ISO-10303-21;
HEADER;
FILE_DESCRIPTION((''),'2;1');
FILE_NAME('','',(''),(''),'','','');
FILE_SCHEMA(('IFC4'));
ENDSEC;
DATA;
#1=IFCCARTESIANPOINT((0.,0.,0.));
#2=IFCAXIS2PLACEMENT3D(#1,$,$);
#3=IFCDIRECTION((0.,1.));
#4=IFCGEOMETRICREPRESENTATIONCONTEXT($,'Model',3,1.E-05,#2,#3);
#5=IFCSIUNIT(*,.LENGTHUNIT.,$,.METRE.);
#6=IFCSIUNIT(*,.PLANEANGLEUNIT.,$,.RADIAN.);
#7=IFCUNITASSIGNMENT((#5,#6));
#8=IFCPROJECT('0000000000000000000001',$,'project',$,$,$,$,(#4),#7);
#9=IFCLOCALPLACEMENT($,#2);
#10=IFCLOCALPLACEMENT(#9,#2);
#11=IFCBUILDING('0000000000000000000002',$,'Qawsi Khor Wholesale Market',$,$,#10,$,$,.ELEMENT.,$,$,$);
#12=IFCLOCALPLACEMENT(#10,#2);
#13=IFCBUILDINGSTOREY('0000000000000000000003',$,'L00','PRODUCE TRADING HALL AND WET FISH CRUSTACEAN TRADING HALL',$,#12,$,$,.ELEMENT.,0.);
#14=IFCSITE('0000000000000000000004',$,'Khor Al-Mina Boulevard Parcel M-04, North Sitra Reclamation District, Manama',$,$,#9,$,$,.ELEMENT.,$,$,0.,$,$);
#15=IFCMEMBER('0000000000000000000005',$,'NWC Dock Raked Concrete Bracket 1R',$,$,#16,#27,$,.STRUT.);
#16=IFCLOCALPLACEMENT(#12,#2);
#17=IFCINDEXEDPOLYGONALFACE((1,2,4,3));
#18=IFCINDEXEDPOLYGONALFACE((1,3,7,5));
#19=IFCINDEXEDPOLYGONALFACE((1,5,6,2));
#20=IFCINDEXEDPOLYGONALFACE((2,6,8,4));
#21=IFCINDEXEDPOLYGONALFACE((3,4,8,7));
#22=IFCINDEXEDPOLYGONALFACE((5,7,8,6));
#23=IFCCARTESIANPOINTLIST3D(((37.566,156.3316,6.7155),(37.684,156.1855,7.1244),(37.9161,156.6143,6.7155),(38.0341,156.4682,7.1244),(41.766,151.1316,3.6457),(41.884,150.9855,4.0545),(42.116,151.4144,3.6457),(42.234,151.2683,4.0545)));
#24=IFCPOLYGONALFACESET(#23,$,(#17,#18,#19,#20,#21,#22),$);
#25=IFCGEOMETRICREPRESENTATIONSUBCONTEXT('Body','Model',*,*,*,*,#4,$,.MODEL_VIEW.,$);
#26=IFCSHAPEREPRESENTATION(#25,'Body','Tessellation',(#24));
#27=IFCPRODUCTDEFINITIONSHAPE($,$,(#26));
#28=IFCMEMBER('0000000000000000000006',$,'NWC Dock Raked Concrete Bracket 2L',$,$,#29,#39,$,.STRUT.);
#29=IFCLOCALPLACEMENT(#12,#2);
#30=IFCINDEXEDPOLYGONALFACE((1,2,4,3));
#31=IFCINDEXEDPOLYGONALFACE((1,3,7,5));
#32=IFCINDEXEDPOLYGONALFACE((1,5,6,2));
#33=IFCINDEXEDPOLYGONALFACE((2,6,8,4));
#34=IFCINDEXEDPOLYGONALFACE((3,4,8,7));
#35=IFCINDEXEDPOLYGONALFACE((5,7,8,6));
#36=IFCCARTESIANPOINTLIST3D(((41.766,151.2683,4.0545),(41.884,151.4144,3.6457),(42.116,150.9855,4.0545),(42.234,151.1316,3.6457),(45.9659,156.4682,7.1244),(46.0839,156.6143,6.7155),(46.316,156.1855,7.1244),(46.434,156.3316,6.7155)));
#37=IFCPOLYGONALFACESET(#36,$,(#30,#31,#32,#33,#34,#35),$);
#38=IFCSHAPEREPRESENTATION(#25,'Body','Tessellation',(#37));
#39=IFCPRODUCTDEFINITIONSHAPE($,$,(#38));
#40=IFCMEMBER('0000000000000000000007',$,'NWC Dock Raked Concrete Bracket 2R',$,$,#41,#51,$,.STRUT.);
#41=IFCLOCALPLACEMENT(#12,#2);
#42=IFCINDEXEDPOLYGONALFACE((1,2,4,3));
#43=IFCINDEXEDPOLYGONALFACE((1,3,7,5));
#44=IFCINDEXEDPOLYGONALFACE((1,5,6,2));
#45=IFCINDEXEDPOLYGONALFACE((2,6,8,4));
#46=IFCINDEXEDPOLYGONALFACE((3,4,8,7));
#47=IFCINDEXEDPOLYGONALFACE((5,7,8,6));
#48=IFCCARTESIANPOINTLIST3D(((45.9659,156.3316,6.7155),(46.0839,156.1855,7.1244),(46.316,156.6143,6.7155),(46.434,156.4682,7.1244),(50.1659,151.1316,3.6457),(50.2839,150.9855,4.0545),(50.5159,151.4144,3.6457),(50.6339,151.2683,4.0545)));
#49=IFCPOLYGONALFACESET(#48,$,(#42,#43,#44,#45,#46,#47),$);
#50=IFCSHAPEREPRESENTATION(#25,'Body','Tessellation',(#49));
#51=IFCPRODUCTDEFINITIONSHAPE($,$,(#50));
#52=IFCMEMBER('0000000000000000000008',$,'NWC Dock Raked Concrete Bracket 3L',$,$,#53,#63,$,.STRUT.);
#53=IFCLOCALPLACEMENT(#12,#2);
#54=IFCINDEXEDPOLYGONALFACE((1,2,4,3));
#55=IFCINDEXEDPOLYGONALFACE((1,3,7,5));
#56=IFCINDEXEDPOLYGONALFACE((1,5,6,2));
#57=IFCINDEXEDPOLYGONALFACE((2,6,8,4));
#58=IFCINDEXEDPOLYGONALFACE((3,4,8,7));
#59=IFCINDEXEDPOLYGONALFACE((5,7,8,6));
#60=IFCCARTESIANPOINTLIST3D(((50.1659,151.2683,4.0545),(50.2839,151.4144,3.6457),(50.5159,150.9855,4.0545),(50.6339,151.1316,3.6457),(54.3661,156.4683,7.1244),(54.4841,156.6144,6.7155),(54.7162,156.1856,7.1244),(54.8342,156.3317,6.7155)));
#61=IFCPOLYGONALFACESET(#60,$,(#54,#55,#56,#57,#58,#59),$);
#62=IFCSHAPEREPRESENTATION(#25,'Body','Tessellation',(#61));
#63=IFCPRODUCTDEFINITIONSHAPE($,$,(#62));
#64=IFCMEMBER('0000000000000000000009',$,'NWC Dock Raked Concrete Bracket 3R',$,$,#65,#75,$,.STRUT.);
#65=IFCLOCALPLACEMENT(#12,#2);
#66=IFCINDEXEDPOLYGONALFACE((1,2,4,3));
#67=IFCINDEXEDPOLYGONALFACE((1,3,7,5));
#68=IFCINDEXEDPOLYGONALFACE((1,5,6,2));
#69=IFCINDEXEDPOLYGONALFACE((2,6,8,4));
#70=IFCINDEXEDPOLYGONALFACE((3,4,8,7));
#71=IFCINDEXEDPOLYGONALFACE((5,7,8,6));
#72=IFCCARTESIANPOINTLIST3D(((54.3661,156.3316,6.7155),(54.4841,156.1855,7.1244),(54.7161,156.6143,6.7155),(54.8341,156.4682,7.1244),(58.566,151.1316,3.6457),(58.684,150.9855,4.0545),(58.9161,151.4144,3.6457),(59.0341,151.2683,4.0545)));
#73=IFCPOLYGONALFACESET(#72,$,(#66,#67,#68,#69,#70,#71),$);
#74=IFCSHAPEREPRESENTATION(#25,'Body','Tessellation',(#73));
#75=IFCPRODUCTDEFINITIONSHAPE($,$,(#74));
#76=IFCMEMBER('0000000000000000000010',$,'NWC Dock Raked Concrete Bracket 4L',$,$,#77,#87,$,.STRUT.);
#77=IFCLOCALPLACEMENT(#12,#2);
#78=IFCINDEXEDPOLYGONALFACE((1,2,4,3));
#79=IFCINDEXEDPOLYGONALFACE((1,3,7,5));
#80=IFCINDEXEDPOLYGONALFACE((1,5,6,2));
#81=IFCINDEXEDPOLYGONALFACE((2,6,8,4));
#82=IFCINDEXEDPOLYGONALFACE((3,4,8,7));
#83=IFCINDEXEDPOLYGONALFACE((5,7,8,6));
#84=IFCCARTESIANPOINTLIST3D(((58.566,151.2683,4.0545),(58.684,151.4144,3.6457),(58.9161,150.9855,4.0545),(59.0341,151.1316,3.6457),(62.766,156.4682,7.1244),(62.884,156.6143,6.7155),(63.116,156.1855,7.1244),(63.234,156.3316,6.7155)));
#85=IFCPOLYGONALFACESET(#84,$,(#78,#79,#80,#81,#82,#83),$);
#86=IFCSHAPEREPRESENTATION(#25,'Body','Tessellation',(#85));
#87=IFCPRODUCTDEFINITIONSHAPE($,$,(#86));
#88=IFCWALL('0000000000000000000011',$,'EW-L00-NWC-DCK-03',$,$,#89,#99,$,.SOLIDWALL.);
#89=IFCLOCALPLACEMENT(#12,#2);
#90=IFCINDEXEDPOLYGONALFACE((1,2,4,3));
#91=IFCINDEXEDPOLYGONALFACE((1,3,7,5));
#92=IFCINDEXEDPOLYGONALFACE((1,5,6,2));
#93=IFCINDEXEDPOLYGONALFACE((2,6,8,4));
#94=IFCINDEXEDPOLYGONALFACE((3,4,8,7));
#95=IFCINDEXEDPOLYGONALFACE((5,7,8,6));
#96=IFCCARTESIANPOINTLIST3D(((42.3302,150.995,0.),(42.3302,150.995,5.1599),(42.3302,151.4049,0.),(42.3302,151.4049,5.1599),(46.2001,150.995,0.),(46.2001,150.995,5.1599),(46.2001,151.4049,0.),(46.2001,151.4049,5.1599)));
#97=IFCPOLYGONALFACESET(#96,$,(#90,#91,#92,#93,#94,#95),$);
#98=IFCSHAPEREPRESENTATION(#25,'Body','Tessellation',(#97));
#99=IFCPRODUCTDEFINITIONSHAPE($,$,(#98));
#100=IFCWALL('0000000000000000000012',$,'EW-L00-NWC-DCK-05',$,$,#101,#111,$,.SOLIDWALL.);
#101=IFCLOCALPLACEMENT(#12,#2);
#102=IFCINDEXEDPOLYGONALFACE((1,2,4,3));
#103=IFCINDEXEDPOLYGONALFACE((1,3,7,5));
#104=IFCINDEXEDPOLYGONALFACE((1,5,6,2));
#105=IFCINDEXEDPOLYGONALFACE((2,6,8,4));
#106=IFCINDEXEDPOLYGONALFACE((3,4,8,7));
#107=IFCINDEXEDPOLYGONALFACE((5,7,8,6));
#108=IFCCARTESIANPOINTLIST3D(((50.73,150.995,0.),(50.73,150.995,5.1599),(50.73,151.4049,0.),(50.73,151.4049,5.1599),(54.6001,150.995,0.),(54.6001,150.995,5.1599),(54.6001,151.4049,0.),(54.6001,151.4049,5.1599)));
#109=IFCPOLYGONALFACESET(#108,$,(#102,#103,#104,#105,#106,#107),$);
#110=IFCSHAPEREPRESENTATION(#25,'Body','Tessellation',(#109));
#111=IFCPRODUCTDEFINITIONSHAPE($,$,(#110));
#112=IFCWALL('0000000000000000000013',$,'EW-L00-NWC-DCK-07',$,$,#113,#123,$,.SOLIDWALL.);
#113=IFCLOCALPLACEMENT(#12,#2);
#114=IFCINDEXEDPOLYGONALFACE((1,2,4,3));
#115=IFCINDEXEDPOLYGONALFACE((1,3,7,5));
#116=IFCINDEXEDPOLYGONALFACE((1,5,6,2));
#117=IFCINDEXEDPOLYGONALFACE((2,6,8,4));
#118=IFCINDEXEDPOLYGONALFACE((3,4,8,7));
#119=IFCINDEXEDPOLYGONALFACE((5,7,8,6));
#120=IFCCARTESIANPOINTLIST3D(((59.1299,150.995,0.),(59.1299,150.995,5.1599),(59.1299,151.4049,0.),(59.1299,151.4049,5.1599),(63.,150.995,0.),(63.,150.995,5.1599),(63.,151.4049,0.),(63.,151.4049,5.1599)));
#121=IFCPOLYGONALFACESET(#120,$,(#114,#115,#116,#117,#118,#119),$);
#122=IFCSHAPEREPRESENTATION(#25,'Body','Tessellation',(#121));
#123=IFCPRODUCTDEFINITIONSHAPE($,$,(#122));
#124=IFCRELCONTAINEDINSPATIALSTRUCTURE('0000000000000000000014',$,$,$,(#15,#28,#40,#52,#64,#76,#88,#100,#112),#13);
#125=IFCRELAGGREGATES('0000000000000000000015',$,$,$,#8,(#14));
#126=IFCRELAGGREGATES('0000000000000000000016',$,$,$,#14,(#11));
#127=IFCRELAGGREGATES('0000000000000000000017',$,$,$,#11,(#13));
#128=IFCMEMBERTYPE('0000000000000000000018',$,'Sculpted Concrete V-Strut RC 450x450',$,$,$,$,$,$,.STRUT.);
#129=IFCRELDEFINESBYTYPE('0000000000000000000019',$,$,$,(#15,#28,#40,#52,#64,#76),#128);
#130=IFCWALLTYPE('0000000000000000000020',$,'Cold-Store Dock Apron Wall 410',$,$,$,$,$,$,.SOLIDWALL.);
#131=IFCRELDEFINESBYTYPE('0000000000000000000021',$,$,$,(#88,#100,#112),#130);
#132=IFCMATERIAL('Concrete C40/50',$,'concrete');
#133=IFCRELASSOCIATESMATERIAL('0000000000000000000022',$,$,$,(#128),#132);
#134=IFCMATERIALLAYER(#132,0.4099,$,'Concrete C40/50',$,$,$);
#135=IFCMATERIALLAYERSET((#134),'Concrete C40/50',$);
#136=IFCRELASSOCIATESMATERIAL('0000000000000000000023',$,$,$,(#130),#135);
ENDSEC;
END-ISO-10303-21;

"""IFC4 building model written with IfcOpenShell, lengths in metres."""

from ifc_helpers import new_model, si_unit, direction, frame, frame_2d, origin, origin_2d, place, context, subcontext, project, spatial, rectangle, extrude, material, layer, layer_set, material_profile, profile_set, type_object, element, save


model = new_model("IFC4")

# Units and contexts
model_context = context("Model", 3, precision=1e-05, world=origin(), true_north=direction((0.0, 1.0)))
body_context = subcontext(model_context, "Body", "Model", "MODEL_VIEW")
ifc_project = project(units=[si_unit("LENGTHUNIT", "METRE"), si_unit("PLANEANGLEUNIT", "RADIAN")], contexts=[model_context])

# Site, building, storey
site_placement = place(None, origin())
site = spatial("IfcSite", under=ifc_project, at=site_placement, Name="Khor Al-Mina Boulevard Parcel M-04, North Sitra Reclamation District, Manama", CompositionType="ELEMENT", RefElevation=0.0)
building_placement = place(site_placement, origin())
building = spatial("IfcBuilding", under=site, at=building_placement, Name="Qawsi Khor Wholesale Market", CompositionType="ELEMENT")
storey_placement = place(building_placement, origin())
storey = spatial("IfcBuildingStorey", under=building, at=storey_placement, Name="L00", Description="PRODUCE TRADING HALL AND WET FISH CRUSTACEAN TRADING HALL", CompositionType="ELEMENT", Elevation=0.0)

# Shared definitions
ifc_material_1 = material(Name="Concrete C40/50", Category="concrete")

# Members
ifc_material_profile_1 = material_profile(ifc_material_1, rectangle(XDim=0.45, YDim=0.45, at=origin_2d()), Name="RC 450x450")
ifc_profile_set_1 = profile_set([ifc_material_profile_1], Name="Concrete C40/50")
member_type = type_object("IfcMemberType", Name="Sculpted Concrete V-Strut RC 450x450", PredefinedType="STRUT", material=ifc_profile_set_1)
for number, where, z_axis, x_axis, name in (
    (1, (42.0, 151.2, 3.8501), (-0.570997, 0.70695, 0.417353), (-0.777942, -0.628336, 0.0), "NWC Dock Raked Concrete Bracket 1R"),
    (2, (42.0, 151.2, 3.8501), (0.570997, 0.70695, 0.417353), (-0.777942, 0.628336, 0.0), "NWC Dock Raked Concrete Bracket 2L"),
    (3, (50.3999, 151.2, 3.8501), (-0.570997, 0.70695, 0.417353), (-0.777942, -0.628336, 0.0), "NWC Dock Raked Concrete Bracket 2R"),
):
    element("IfcMember", number, at=place(storey_placement, frame(where, z_axis=z_axis, x_axis=x_axis)), inside=storey, type_object=member_type, Name=name, PredefinedType="STRUT", context=body_context, shape_type="SweptSolid", body=[
        extrude(rectangle(XDim=0.45, YDim=0.45, at=origin_2d()), origin(), (0.0, 0.0, 1.0), 7.3555),
    ])
member_placement = place(storey_placement, frame((50.3999, 151.2, 3.8501), z_axis=(0.57102, 0.706937, 0.417345), x_axis=(-0.777924, 0.628358, 0.0)))
element("IfcMember", 4, at=member_placement, inside=storey, type_object=member_type, Name="NWC Dock Raked Concrete Bracket 3L", PredefinedType="STRUT", context=body_context, shape_type="SweptSolid", body=[
    extrude(rectangle(XDim=0.45, YDim=0.45, at=origin_2d()), origin(), (0.0, 0.0, 1.0), 7.3557),
])
for number, where, z_axis, x_axis, name in (
    (5, (58.8, 151.2, 3.8501), (-0.570997, 0.70695, 0.417353), (-0.777942, -0.628336, 0.0), "NWC Dock Raked Concrete Bracket 3R"),
    (6, (58.8, 151.2, 3.8501), (0.570997, 0.70695, 0.417353), (-0.777942, 0.628336, 0.0), "NWC Dock Raked Concrete Bracket 4L"),
):
    element("IfcMember", number, at=place(storey_placement, frame(where, z_axis=z_axis, x_axis=x_axis)), inside=storey, type_object=member_type, Name=name, PredefinedType="STRUT", context=body_context, shape_type="SweptSolid", body=[
        extrude(rectangle(XDim=0.45, YDim=0.45, at=origin_2d()), origin(), (0.0, 0.0, 1.0), 7.3555),
    ])

# Wall
ifc_layer_1 = layer(ifc_material_1, 0.4099, Name="Concrete C40/50")
ifc_layer_set_1 = layer_set([ifc_layer_1], Name="Concrete C40/50")
wall_type = type_object("IfcWallType", Name="Cold-Store Dock Apron Wall 410", PredefinedType="SOLIDWALL", material=ifc_layer_set_1)
wall_1_placement = place(storey_placement, frame((42.3301, 151.2, 0.0), z_axis=(0.0, 0.0, 1.0), x_axis=(1.0, 0.0, 0.0)))
element("IfcWall", 7, at=wall_1_placement, inside=storey, type_object=wall_type, Name="EW-L00-NWC-DCK-03", PredefinedType="SOLIDWALL", context=body_context, shape_type="SweptSolid", body=[
    extrude(rectangle(XDim=3.8699, YDim=0.4099, at=frame_2d((1.9351, 0.0))), origin(), (0.0, 0.0, 1.0), 5.1599),
])

# Wall
wall_2_placement = place(storey_placement, frame((50.73, 151.2, 0.0), z_axis=(0.0, 0.0, 1.0), x_axis=(1.0, 0.0, 0.0)))
element("IfcWall", 8, at=wall_2_placement, inside=storey, type_object=wall_type, Name="EW-L00-NWC-DCK-05", PredefinedType="SOLIDWALL", context=body_context, shape_type="SweptSolid", body=[
    extrude(rectangle(XDim=3.8701, YDim=0.4099, at=frame_2d((1.9351, 0.0))), origin(), (0.0, 0.0, 1.0), 5.1599),
])

# Wall
wall_3_placement = place(storey_placement, frame((59.1299, 151.2, 0.0), z_axis=(0.0, 0.0, 1.0), x_axis=(1.0, 0.0, 0.0)))
element("IfcWall", 9, at=wall_3_placement, inside=storey, type_object=wall_type, Name="EW-L00-NWC-DCK-07", PredefinedType="SOLIDWALL", context=body_context, shape_type="SweptSolid", body=[
    extrude(rectangle(XDim=3.8701, YDim=0.4099, at=frame_2d((1.9351, 0.0))), origin(), (0.0, 0.0, 1.0), 5.1599),
])

save(model, "model.ifc")
